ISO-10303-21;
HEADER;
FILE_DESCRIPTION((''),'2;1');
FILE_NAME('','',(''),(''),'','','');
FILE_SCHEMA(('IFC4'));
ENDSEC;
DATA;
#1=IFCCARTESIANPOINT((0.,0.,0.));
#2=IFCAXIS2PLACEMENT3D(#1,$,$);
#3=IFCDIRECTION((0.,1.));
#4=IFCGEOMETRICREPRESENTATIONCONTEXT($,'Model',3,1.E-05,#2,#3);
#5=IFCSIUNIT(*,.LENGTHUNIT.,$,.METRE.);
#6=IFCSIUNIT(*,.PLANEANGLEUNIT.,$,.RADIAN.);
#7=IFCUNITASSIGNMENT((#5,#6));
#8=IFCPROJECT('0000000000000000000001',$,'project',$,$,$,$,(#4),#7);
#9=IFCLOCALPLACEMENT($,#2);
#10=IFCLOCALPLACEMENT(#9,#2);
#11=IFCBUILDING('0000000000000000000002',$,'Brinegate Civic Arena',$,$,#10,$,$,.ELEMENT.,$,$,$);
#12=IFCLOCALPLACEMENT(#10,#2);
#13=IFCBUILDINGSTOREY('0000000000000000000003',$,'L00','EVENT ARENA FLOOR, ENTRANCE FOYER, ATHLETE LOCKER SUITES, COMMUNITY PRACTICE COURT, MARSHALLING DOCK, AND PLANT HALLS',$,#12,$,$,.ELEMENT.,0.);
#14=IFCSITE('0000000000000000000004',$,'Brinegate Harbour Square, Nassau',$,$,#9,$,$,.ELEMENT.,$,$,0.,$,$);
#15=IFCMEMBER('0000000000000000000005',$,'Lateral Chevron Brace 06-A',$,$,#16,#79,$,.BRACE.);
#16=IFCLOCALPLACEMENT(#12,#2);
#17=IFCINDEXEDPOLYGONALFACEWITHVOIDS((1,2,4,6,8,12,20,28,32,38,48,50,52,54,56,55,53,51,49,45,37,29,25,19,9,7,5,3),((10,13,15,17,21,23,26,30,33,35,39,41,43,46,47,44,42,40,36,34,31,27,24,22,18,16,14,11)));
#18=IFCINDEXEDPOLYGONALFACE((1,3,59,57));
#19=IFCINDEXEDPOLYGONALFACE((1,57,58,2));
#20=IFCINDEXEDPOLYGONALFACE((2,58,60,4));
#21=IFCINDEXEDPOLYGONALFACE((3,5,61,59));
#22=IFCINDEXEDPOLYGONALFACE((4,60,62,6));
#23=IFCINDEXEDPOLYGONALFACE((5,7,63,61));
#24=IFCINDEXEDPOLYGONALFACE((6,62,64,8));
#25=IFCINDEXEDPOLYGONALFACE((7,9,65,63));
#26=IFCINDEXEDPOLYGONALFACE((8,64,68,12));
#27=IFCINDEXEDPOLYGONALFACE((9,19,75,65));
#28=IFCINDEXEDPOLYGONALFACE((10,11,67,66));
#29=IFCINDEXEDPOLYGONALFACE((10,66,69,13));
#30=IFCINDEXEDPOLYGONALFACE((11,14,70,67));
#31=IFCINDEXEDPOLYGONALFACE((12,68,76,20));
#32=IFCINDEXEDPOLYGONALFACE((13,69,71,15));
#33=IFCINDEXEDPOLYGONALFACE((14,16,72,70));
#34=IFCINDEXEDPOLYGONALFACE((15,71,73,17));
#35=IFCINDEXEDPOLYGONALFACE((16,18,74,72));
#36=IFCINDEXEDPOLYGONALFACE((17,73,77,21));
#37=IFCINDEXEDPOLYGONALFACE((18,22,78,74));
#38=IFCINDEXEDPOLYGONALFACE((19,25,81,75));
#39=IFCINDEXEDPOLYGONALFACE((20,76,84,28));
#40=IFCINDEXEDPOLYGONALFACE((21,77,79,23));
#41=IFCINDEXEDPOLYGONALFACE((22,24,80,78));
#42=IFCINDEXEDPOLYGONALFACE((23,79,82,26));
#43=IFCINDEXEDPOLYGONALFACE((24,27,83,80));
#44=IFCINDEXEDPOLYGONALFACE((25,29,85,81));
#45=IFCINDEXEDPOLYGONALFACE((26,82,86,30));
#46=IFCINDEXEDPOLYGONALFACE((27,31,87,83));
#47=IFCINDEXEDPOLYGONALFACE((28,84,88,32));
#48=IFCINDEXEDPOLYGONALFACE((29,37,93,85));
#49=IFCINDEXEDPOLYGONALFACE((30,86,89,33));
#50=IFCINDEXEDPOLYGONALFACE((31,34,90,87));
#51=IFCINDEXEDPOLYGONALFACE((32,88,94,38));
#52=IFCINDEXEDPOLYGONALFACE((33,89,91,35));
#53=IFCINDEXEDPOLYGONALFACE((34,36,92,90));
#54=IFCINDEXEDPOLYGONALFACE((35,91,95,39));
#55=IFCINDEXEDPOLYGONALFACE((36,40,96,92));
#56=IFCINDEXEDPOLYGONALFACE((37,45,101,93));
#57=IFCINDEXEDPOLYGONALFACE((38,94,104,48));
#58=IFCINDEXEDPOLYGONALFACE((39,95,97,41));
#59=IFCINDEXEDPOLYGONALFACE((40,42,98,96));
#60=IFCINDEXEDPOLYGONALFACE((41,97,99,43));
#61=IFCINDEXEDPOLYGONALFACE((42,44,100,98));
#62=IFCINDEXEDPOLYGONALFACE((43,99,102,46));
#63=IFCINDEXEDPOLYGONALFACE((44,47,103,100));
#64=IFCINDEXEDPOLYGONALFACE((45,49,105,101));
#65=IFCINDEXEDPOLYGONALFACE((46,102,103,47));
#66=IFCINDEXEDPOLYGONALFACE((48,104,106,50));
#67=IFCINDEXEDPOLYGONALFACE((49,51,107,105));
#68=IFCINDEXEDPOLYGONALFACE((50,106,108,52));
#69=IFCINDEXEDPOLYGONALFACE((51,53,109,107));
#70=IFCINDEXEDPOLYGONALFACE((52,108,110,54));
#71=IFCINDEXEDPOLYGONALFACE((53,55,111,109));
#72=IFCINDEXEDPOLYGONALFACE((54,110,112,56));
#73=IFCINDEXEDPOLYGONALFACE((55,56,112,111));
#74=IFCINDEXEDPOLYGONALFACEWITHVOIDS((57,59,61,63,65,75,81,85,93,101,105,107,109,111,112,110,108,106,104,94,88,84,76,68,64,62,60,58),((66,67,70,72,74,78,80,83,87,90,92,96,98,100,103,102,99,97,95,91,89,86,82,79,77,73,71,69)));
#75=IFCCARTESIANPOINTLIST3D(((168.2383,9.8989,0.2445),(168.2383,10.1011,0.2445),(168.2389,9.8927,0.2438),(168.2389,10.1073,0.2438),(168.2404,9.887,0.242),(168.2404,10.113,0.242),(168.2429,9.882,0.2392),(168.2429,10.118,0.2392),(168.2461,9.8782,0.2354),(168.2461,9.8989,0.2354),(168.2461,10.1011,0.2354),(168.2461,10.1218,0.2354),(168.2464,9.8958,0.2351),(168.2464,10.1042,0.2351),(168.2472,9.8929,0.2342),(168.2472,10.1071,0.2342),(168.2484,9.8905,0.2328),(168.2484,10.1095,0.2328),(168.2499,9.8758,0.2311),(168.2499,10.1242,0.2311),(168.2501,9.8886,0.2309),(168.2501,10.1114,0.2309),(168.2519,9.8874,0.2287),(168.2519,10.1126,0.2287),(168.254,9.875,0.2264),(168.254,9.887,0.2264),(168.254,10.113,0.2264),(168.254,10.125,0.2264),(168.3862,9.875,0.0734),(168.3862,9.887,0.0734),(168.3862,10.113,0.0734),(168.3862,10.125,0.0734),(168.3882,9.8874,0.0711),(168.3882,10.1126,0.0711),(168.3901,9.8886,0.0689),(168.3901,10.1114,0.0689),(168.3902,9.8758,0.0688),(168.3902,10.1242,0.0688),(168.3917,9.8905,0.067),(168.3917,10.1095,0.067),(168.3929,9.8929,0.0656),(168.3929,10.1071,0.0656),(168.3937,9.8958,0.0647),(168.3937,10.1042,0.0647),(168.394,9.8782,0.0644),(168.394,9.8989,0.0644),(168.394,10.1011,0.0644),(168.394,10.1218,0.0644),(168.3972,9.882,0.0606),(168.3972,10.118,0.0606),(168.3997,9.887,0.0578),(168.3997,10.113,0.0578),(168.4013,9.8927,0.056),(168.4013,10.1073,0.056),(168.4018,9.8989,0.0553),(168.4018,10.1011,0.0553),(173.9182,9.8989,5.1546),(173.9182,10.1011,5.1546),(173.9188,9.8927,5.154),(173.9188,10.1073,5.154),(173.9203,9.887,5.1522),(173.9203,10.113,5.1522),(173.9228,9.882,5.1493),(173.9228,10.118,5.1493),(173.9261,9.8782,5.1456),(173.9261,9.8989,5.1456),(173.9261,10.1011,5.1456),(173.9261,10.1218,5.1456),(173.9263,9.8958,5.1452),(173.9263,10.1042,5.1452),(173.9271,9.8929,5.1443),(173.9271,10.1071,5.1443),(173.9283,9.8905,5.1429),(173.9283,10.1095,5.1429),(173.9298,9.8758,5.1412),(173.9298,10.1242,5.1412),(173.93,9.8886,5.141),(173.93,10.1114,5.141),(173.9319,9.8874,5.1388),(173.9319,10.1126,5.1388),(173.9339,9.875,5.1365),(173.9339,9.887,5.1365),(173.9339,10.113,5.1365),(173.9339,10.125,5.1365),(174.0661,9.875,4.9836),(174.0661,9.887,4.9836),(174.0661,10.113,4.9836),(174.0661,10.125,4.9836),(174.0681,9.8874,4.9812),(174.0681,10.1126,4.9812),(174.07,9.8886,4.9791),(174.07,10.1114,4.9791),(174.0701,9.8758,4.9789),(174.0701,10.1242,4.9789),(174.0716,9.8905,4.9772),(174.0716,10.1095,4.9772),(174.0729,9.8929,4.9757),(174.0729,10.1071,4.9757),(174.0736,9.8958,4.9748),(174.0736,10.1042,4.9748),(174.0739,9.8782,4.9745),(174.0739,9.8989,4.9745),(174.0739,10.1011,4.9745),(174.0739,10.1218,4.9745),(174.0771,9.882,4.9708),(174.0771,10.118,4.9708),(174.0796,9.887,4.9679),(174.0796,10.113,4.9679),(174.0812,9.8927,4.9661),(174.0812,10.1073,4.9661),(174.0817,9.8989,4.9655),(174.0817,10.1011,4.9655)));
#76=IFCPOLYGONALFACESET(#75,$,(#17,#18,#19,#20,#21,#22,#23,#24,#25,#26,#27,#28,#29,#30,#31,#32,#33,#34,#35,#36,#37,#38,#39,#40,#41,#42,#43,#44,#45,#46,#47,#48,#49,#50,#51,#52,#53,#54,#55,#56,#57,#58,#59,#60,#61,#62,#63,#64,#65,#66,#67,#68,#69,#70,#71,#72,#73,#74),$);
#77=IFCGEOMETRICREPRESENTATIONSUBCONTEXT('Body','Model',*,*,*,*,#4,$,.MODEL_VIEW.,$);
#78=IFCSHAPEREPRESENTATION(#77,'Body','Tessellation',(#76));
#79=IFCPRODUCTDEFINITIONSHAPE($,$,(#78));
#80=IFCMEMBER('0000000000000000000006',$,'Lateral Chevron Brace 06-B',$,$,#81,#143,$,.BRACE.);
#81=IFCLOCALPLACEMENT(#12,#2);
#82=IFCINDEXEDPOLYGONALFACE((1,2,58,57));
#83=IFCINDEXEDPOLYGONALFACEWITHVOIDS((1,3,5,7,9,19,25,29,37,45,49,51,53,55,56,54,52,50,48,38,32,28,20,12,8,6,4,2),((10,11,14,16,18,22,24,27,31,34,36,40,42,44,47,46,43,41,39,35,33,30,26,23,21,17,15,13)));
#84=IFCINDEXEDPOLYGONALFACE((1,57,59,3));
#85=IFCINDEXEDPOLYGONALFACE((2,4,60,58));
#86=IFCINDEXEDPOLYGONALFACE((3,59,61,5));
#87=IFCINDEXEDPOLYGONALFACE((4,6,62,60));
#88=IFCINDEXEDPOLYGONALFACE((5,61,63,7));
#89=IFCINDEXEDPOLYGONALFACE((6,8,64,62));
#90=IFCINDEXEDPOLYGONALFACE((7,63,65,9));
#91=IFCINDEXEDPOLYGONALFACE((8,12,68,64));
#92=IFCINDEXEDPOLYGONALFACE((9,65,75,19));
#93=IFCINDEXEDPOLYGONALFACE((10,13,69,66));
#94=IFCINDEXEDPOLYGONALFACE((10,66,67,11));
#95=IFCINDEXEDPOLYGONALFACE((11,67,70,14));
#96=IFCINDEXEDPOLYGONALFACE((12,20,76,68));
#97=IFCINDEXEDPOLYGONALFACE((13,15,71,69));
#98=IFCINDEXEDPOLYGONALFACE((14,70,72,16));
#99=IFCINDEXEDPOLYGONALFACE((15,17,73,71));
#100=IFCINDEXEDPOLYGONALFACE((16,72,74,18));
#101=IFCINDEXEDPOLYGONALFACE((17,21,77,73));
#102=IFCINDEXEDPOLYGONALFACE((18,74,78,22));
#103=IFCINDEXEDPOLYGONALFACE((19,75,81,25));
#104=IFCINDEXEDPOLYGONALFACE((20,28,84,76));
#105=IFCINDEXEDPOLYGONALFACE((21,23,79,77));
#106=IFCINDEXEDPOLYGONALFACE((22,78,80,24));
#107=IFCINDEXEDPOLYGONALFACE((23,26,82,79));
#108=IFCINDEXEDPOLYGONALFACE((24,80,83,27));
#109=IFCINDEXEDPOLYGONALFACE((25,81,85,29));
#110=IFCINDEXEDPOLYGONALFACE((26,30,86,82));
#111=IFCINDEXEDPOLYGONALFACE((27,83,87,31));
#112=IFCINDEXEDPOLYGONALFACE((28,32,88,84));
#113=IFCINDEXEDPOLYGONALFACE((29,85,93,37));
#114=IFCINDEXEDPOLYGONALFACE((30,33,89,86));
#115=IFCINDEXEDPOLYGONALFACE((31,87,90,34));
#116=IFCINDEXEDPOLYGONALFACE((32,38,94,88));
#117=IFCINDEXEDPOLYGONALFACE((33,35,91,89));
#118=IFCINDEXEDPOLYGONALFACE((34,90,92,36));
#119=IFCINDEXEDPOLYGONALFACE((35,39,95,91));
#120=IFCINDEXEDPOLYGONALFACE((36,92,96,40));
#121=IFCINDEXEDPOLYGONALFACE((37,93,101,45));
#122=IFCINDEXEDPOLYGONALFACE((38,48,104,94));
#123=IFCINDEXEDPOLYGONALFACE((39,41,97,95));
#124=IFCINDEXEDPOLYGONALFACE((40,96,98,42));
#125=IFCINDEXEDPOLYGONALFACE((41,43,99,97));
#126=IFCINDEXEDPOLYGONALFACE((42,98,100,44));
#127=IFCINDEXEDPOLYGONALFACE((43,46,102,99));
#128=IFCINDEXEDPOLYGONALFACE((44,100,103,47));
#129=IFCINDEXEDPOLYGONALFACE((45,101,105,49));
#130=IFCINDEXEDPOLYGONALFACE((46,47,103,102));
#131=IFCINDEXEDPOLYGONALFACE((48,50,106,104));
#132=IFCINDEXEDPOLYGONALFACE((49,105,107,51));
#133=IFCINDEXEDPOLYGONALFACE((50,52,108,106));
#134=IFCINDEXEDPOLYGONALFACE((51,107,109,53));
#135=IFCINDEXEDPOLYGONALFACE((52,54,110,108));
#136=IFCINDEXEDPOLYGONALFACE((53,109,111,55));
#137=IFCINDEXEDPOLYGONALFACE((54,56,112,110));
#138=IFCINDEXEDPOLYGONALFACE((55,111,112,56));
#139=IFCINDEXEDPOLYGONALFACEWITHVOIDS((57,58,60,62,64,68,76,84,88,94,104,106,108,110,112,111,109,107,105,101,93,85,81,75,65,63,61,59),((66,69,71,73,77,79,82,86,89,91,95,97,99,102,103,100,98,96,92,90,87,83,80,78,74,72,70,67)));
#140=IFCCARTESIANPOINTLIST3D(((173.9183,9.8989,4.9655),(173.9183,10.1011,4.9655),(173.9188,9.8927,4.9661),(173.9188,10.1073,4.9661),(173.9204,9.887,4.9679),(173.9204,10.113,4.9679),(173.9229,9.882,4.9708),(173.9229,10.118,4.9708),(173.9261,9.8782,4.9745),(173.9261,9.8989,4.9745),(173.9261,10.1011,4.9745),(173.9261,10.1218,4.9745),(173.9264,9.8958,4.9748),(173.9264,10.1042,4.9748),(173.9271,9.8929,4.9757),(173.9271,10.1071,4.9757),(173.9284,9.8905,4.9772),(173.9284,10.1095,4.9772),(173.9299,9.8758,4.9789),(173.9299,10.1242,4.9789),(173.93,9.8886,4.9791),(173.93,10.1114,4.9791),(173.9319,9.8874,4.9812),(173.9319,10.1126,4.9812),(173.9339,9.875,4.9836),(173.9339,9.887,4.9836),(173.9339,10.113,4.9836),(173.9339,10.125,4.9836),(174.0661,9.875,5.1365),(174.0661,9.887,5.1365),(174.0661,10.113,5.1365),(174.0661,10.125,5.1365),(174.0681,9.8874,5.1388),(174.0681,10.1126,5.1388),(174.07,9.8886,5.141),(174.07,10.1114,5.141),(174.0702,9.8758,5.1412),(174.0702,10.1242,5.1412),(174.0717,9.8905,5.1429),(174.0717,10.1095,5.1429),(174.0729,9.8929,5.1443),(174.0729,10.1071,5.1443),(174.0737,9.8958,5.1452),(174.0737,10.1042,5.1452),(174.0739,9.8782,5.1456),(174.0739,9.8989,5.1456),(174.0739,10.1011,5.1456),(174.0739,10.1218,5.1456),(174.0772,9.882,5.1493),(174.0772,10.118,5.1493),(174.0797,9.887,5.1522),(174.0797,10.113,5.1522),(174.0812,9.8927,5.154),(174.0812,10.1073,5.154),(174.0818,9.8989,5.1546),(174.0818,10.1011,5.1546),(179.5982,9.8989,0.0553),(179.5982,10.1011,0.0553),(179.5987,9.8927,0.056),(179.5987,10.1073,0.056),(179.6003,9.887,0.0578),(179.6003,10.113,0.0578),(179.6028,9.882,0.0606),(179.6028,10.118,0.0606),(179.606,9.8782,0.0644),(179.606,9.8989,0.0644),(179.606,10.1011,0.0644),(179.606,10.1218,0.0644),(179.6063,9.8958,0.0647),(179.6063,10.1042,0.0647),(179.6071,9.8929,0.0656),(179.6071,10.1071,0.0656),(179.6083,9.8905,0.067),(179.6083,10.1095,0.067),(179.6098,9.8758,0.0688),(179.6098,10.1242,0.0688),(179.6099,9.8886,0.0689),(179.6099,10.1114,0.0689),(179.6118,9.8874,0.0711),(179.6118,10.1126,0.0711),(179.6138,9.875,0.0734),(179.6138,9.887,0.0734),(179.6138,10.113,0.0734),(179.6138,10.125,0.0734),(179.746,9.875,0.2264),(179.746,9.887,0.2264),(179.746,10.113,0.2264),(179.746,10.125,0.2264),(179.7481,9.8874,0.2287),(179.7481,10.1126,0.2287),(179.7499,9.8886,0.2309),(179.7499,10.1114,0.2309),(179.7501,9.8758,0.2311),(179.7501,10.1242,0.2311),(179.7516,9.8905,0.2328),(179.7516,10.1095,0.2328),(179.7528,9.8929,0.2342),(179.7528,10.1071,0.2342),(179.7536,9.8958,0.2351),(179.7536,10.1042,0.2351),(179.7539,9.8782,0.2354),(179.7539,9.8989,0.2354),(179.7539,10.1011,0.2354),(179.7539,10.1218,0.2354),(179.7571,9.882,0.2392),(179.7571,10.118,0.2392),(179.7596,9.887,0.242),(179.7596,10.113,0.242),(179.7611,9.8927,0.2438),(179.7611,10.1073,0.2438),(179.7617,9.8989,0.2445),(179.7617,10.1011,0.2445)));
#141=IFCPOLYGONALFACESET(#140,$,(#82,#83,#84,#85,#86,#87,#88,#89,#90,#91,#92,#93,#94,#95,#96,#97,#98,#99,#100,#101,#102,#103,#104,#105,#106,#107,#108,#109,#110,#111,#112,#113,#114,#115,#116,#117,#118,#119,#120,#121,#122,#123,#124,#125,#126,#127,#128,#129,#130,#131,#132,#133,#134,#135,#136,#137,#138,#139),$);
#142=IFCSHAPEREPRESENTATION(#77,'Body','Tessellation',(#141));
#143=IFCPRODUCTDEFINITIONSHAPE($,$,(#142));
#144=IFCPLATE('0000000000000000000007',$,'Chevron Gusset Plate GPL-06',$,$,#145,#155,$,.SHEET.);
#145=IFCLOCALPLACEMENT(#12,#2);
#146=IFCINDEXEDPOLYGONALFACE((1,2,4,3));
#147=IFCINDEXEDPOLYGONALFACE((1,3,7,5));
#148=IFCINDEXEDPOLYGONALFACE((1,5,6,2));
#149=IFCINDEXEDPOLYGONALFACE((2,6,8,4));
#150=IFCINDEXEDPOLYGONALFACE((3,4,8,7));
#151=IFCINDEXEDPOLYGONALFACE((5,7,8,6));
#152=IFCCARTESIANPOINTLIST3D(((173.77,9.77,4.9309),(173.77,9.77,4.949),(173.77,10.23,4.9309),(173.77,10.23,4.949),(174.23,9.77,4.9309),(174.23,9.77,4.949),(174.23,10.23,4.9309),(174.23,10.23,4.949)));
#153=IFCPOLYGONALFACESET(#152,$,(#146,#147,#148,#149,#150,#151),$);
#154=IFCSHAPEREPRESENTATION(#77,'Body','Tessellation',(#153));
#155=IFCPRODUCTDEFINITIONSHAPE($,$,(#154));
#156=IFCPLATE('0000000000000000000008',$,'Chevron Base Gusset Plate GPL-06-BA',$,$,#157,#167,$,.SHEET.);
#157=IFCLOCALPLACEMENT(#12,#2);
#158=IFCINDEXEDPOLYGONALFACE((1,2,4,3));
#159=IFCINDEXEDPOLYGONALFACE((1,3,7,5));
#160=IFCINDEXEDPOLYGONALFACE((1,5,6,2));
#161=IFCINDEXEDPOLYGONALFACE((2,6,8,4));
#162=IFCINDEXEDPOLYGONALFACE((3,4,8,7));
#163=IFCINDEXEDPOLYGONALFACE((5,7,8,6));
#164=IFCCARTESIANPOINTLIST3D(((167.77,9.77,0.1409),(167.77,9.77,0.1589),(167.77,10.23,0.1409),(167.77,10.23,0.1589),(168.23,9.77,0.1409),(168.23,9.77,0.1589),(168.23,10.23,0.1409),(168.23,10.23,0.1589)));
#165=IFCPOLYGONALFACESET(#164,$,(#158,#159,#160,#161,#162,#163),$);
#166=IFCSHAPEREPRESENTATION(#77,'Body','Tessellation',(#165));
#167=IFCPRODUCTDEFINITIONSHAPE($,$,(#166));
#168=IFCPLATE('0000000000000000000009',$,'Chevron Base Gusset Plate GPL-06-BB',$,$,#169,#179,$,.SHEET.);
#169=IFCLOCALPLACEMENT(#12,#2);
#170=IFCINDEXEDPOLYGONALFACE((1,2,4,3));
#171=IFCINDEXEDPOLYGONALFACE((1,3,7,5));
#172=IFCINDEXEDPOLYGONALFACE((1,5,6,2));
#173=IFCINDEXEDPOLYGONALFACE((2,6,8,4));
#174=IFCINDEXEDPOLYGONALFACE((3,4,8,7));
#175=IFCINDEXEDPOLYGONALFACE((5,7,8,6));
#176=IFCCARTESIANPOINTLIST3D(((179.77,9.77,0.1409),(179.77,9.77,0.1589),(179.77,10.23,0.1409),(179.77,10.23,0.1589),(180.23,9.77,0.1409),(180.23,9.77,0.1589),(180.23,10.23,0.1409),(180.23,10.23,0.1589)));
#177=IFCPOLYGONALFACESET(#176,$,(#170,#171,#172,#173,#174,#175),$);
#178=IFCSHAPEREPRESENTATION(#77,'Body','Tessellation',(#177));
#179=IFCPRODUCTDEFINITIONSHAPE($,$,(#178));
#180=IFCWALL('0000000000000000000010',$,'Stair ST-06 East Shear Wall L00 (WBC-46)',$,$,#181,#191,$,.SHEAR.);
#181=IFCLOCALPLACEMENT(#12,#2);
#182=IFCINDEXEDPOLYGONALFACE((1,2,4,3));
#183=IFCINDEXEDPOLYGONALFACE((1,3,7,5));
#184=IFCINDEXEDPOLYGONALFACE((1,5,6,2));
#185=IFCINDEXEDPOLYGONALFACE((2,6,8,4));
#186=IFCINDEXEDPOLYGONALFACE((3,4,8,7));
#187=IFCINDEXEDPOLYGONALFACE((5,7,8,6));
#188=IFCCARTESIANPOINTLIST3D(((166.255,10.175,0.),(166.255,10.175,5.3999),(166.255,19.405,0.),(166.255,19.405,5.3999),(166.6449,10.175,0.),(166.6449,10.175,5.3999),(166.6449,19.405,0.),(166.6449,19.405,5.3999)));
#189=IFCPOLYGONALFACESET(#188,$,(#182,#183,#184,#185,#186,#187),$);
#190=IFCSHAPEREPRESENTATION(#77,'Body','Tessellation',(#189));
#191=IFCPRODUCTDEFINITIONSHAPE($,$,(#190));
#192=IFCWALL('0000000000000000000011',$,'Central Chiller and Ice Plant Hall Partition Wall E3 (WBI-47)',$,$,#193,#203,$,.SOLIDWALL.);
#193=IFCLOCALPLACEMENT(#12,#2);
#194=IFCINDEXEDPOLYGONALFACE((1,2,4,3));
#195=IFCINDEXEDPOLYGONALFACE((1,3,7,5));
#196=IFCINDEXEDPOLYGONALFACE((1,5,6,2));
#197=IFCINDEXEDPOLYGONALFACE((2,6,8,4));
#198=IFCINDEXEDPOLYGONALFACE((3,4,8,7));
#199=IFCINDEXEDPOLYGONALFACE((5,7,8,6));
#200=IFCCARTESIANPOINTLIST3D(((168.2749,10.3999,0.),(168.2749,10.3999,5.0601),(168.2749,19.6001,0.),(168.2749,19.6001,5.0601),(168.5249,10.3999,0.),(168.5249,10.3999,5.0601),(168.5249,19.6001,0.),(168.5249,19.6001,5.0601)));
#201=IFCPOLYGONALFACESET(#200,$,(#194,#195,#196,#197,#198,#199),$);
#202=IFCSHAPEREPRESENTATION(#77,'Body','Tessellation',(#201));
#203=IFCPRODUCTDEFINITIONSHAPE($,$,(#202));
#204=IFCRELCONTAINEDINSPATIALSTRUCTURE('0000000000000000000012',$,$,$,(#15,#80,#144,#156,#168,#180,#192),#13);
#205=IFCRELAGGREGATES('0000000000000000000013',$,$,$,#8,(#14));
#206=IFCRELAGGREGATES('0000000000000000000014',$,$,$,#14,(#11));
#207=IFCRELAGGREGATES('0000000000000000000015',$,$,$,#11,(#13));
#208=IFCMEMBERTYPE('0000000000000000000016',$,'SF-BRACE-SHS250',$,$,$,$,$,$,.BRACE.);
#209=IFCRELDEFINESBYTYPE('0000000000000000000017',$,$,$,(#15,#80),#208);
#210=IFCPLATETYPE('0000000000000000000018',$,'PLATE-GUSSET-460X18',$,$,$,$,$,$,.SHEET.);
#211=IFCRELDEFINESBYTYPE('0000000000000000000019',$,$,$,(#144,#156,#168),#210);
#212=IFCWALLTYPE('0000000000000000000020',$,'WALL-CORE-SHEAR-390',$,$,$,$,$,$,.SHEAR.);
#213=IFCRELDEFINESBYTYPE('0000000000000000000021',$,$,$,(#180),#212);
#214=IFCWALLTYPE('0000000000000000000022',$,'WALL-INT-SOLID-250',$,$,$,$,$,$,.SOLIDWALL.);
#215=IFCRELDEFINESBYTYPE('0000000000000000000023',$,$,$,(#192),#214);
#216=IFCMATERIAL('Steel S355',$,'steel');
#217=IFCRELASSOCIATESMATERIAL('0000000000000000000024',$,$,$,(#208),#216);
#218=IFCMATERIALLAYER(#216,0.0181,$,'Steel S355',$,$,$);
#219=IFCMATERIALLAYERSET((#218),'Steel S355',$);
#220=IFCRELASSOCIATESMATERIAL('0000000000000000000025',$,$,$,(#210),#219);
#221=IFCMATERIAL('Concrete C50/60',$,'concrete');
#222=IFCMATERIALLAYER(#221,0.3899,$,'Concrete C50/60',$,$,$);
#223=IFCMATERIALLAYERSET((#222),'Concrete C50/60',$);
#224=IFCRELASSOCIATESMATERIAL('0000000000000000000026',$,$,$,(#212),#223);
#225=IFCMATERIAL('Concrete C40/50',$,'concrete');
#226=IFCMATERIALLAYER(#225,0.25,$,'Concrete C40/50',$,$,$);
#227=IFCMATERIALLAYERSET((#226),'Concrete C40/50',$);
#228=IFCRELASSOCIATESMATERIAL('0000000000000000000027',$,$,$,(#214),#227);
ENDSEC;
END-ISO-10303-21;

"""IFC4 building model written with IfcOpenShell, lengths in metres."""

from ifc_helpers import new_model, si_unit, direction, frame, frame_2d, origin, origin_2d, place, context, subcontext, project, spatial, rectangle, hollow_rectangle, extrude, material, layer, layer_set, material_profile, profile_set, type_object, element, save


model = new_model("IFC4")

# Units and contexts
model_context = context("Model", 3, precision=1e-05, world=origin(), true_north=direction((0.0, 1.0)))
body_context = subcontext(model_context, "Body", "Model", "MODEL_VIEW")
ifc_project = project(units=[si_unit("LENGTHUNIT", "METRE"), si_unit("PLANEANGLEUNIT", "RADIAN")], contexts=[model_context])

# Site, building, storey
site_placement = place(None, origin())
site = spatial("IfcSite", under=ifc_project, at=site_placement, Name="Brinegate Harbour Square, Nassau", CompositionType="ELEMENT", RefElevation=0.0)
building_placement = place(site_placement, origin())
building = spatial("IfcBuilding", under=site, at=building_placement, Name="Brinegate Civic Arena", CompositionType="ELEMENT")
storey_placement = place(building_placement, origin())
storey = spatial("IfcBuildingStorey", under=building, at=storey_placement, Name="L00", Description="EVENT ARENA FLOOR, ENTRANCE FOYER, ATHLETE LOCKER SUITES, COMMUNITY PRACTICE COURT, MARSHALLING DOCK, AND PLANT HALLS", CompositionType="ELEMENT", Elevation=0.0)

# Shared definitions
ifc_material_1 = material(Name="Concrete C40/50", Category="concrete")

# Shared definitions
ifc_material_2 = material(Name="Concrete C50/60", Category="concrete")

# Members
ifc_material_3 = material(Name="Steel S355", Category="steel")
ifc_material_profile_1 = material_profile(ifc_material_3, hollow_rectangle(XDim=0.25, YDim=0.25, WallThickness=0.012, InnerFilletRadius=0.012, OuterFilletRadius=0.0239, at=origin_2d()), Name="SHS250X12")
ifc_profile_set_1 = profile_set([ifc_material_profile_1], Name="Steel S355")
member_type = type_object("IfcMemberType", Name="SF-BRACE-SHS250", PredefinedType="BRACE", material=ifc_profile_set_1)
for number, where, z_axis, x_axis, name in (
    (1, (168.3201, 10.0, 0.1499), (0.756509, 0.0, 0.653983), (0.0, 1.0, 0.0), "Lateral Chevron Brace 06-A"),
    (2, (179.6799, 10.0, 0.1499), (-0.756509, 0.0, 0.653983), (0.0, -1.0, 0.0), "Lateral Chevron Brace 06-B"),
):
    element("IfcMember", number, at=place(storey_placement, frame(where, z_axis=z_axis, x_axis=x_axis)), inside=storey, type_object=member_type, Name=name, PredefinedType="BRACE", context=body_context, shape_type="SweptSolid", body=[
        extrude(hollow_rectangle(XDim=0.25, YDim=0.25, WallThickness=0.012, InnerFilletRadius=0.012, OuterFilletRadius=0.0239, at=origin_2d()), origin(), (0.0, 0.0, 1.0), 7.5081),
    ])

# Plates
ifc_layer_1 = layer(ifc_material_3, 0.0181, Name="Steel S355")
ifc_layer_set_1 = layer_set([ifc_layer_1], Name="Steel S355")
plate_type = type_object("IfcPlateType", Name="PLATE-GUSSET-460X18", PredefinedType="SHEET", material=ifc_layer_set_1)
for number, where, z_axis, x_axis, name in (
    (3, (174.0, 10.0, 4.9309), (0.0, 0.0, 1.0), (1.0, 0.0, 0.0), "Chevron Gusset Plate GPL-06"),
    (4, (168.0, 10.0, 0.1409), (0.0, 0.0, 1.0), (1.0, 0.0, 0.0), "Chevron Base Gusset Plate GPL-06-BA"),
    (5, (180.0, 10.0, 0.1409), (0.0, 0.0, 1.0), (1.0, 0.0, 0.0), "Chevron Base Gusset Plate GPL-06-BB"),
):
    element("IfcPlate", number, at=place(storey_placement, frame(where, z_axis=z_axis, x_axis=x_axis)), inside=storey, type_object=plate_type, Name=name, PredefinedType="SHEET", context=body_context, shape_type="SweptSolid", body=[
        extrude(rectangle(XDim=0.46, YDim=0.46, at=origin_2d()), origin(), (0.0, 0.0, 1.0), 0.0181),
    ])

# Wall
ifc_layer_2 = layer(ifc_material_2, 0.3899, Name="Concrete C50/60")
ifc_layer_set_2 = layer_set([ifc_layer_2], Name="Concrete C50/60")
wall_type_1 = type_object("IfcWallType", Name="WALL-CORE-SHEAR-390", PredefinedType="SHEAR", material=ifc_layer_set_2)
wall_1_placement = place(storey_placement, frame((166.45, 10.175, 0.0), z_axis=(0.0, 0.0, 1.0), x_axis=(0.0, 1.0, 0.0)))
element("IfcWall", 6, at=wall_1_placement, inside=storey, type_object=wall_type_1, Name="Stair ST-06 East Shear Wall L00 (WBC-46)", PredefinedType="SHEAR", context=body_context, shape_type="SweptSolid", body=[
    extrude(rectangle(XDim=9.23, YDim=0.3899, at=frame_2d((4.615, 0.0))), origin(), (0.0, 0.0, 1.0), 5.3999),
])

# Wall
ifc_layer_3 = layer(ifc_material_1, 0.25, Name="Concrete C40/50")
ifc_layer_set_3 = layer_set([ifc_layer_3], Name="Concrete C40/50")
wall_type_2 = type_object("IfcWallType", Name="WALL-INT-SOLID-250", PredefinedType="SOLIDWALL", material=ifc_layer_set_3)
wall_2_placement = place(storey_placement, frame((168.3999, 10.3999, 0.0), z_axis=(0.0, 0.0, 1.0), x_axis=(0.0, 1.0, 0.0)))
element("IfcWall", 7, at=wall_2_placement, inside=storey, type_object=wall_type_2, Name="Central Chiller and Ice Plant Hall Partition Wall E3 (WBI-47)", PredefinedType="SOLIDWALL", context=body_context, shape_type="SweptSolid", body=[
    extrude(rectangle(XDim=9.2002, YDim=0.25, at=frame_2d((4.6001, 0.0))), origin(), (0.0, 0.0, 1.0), 5.0601),
])

save(model, "model.ifc")
